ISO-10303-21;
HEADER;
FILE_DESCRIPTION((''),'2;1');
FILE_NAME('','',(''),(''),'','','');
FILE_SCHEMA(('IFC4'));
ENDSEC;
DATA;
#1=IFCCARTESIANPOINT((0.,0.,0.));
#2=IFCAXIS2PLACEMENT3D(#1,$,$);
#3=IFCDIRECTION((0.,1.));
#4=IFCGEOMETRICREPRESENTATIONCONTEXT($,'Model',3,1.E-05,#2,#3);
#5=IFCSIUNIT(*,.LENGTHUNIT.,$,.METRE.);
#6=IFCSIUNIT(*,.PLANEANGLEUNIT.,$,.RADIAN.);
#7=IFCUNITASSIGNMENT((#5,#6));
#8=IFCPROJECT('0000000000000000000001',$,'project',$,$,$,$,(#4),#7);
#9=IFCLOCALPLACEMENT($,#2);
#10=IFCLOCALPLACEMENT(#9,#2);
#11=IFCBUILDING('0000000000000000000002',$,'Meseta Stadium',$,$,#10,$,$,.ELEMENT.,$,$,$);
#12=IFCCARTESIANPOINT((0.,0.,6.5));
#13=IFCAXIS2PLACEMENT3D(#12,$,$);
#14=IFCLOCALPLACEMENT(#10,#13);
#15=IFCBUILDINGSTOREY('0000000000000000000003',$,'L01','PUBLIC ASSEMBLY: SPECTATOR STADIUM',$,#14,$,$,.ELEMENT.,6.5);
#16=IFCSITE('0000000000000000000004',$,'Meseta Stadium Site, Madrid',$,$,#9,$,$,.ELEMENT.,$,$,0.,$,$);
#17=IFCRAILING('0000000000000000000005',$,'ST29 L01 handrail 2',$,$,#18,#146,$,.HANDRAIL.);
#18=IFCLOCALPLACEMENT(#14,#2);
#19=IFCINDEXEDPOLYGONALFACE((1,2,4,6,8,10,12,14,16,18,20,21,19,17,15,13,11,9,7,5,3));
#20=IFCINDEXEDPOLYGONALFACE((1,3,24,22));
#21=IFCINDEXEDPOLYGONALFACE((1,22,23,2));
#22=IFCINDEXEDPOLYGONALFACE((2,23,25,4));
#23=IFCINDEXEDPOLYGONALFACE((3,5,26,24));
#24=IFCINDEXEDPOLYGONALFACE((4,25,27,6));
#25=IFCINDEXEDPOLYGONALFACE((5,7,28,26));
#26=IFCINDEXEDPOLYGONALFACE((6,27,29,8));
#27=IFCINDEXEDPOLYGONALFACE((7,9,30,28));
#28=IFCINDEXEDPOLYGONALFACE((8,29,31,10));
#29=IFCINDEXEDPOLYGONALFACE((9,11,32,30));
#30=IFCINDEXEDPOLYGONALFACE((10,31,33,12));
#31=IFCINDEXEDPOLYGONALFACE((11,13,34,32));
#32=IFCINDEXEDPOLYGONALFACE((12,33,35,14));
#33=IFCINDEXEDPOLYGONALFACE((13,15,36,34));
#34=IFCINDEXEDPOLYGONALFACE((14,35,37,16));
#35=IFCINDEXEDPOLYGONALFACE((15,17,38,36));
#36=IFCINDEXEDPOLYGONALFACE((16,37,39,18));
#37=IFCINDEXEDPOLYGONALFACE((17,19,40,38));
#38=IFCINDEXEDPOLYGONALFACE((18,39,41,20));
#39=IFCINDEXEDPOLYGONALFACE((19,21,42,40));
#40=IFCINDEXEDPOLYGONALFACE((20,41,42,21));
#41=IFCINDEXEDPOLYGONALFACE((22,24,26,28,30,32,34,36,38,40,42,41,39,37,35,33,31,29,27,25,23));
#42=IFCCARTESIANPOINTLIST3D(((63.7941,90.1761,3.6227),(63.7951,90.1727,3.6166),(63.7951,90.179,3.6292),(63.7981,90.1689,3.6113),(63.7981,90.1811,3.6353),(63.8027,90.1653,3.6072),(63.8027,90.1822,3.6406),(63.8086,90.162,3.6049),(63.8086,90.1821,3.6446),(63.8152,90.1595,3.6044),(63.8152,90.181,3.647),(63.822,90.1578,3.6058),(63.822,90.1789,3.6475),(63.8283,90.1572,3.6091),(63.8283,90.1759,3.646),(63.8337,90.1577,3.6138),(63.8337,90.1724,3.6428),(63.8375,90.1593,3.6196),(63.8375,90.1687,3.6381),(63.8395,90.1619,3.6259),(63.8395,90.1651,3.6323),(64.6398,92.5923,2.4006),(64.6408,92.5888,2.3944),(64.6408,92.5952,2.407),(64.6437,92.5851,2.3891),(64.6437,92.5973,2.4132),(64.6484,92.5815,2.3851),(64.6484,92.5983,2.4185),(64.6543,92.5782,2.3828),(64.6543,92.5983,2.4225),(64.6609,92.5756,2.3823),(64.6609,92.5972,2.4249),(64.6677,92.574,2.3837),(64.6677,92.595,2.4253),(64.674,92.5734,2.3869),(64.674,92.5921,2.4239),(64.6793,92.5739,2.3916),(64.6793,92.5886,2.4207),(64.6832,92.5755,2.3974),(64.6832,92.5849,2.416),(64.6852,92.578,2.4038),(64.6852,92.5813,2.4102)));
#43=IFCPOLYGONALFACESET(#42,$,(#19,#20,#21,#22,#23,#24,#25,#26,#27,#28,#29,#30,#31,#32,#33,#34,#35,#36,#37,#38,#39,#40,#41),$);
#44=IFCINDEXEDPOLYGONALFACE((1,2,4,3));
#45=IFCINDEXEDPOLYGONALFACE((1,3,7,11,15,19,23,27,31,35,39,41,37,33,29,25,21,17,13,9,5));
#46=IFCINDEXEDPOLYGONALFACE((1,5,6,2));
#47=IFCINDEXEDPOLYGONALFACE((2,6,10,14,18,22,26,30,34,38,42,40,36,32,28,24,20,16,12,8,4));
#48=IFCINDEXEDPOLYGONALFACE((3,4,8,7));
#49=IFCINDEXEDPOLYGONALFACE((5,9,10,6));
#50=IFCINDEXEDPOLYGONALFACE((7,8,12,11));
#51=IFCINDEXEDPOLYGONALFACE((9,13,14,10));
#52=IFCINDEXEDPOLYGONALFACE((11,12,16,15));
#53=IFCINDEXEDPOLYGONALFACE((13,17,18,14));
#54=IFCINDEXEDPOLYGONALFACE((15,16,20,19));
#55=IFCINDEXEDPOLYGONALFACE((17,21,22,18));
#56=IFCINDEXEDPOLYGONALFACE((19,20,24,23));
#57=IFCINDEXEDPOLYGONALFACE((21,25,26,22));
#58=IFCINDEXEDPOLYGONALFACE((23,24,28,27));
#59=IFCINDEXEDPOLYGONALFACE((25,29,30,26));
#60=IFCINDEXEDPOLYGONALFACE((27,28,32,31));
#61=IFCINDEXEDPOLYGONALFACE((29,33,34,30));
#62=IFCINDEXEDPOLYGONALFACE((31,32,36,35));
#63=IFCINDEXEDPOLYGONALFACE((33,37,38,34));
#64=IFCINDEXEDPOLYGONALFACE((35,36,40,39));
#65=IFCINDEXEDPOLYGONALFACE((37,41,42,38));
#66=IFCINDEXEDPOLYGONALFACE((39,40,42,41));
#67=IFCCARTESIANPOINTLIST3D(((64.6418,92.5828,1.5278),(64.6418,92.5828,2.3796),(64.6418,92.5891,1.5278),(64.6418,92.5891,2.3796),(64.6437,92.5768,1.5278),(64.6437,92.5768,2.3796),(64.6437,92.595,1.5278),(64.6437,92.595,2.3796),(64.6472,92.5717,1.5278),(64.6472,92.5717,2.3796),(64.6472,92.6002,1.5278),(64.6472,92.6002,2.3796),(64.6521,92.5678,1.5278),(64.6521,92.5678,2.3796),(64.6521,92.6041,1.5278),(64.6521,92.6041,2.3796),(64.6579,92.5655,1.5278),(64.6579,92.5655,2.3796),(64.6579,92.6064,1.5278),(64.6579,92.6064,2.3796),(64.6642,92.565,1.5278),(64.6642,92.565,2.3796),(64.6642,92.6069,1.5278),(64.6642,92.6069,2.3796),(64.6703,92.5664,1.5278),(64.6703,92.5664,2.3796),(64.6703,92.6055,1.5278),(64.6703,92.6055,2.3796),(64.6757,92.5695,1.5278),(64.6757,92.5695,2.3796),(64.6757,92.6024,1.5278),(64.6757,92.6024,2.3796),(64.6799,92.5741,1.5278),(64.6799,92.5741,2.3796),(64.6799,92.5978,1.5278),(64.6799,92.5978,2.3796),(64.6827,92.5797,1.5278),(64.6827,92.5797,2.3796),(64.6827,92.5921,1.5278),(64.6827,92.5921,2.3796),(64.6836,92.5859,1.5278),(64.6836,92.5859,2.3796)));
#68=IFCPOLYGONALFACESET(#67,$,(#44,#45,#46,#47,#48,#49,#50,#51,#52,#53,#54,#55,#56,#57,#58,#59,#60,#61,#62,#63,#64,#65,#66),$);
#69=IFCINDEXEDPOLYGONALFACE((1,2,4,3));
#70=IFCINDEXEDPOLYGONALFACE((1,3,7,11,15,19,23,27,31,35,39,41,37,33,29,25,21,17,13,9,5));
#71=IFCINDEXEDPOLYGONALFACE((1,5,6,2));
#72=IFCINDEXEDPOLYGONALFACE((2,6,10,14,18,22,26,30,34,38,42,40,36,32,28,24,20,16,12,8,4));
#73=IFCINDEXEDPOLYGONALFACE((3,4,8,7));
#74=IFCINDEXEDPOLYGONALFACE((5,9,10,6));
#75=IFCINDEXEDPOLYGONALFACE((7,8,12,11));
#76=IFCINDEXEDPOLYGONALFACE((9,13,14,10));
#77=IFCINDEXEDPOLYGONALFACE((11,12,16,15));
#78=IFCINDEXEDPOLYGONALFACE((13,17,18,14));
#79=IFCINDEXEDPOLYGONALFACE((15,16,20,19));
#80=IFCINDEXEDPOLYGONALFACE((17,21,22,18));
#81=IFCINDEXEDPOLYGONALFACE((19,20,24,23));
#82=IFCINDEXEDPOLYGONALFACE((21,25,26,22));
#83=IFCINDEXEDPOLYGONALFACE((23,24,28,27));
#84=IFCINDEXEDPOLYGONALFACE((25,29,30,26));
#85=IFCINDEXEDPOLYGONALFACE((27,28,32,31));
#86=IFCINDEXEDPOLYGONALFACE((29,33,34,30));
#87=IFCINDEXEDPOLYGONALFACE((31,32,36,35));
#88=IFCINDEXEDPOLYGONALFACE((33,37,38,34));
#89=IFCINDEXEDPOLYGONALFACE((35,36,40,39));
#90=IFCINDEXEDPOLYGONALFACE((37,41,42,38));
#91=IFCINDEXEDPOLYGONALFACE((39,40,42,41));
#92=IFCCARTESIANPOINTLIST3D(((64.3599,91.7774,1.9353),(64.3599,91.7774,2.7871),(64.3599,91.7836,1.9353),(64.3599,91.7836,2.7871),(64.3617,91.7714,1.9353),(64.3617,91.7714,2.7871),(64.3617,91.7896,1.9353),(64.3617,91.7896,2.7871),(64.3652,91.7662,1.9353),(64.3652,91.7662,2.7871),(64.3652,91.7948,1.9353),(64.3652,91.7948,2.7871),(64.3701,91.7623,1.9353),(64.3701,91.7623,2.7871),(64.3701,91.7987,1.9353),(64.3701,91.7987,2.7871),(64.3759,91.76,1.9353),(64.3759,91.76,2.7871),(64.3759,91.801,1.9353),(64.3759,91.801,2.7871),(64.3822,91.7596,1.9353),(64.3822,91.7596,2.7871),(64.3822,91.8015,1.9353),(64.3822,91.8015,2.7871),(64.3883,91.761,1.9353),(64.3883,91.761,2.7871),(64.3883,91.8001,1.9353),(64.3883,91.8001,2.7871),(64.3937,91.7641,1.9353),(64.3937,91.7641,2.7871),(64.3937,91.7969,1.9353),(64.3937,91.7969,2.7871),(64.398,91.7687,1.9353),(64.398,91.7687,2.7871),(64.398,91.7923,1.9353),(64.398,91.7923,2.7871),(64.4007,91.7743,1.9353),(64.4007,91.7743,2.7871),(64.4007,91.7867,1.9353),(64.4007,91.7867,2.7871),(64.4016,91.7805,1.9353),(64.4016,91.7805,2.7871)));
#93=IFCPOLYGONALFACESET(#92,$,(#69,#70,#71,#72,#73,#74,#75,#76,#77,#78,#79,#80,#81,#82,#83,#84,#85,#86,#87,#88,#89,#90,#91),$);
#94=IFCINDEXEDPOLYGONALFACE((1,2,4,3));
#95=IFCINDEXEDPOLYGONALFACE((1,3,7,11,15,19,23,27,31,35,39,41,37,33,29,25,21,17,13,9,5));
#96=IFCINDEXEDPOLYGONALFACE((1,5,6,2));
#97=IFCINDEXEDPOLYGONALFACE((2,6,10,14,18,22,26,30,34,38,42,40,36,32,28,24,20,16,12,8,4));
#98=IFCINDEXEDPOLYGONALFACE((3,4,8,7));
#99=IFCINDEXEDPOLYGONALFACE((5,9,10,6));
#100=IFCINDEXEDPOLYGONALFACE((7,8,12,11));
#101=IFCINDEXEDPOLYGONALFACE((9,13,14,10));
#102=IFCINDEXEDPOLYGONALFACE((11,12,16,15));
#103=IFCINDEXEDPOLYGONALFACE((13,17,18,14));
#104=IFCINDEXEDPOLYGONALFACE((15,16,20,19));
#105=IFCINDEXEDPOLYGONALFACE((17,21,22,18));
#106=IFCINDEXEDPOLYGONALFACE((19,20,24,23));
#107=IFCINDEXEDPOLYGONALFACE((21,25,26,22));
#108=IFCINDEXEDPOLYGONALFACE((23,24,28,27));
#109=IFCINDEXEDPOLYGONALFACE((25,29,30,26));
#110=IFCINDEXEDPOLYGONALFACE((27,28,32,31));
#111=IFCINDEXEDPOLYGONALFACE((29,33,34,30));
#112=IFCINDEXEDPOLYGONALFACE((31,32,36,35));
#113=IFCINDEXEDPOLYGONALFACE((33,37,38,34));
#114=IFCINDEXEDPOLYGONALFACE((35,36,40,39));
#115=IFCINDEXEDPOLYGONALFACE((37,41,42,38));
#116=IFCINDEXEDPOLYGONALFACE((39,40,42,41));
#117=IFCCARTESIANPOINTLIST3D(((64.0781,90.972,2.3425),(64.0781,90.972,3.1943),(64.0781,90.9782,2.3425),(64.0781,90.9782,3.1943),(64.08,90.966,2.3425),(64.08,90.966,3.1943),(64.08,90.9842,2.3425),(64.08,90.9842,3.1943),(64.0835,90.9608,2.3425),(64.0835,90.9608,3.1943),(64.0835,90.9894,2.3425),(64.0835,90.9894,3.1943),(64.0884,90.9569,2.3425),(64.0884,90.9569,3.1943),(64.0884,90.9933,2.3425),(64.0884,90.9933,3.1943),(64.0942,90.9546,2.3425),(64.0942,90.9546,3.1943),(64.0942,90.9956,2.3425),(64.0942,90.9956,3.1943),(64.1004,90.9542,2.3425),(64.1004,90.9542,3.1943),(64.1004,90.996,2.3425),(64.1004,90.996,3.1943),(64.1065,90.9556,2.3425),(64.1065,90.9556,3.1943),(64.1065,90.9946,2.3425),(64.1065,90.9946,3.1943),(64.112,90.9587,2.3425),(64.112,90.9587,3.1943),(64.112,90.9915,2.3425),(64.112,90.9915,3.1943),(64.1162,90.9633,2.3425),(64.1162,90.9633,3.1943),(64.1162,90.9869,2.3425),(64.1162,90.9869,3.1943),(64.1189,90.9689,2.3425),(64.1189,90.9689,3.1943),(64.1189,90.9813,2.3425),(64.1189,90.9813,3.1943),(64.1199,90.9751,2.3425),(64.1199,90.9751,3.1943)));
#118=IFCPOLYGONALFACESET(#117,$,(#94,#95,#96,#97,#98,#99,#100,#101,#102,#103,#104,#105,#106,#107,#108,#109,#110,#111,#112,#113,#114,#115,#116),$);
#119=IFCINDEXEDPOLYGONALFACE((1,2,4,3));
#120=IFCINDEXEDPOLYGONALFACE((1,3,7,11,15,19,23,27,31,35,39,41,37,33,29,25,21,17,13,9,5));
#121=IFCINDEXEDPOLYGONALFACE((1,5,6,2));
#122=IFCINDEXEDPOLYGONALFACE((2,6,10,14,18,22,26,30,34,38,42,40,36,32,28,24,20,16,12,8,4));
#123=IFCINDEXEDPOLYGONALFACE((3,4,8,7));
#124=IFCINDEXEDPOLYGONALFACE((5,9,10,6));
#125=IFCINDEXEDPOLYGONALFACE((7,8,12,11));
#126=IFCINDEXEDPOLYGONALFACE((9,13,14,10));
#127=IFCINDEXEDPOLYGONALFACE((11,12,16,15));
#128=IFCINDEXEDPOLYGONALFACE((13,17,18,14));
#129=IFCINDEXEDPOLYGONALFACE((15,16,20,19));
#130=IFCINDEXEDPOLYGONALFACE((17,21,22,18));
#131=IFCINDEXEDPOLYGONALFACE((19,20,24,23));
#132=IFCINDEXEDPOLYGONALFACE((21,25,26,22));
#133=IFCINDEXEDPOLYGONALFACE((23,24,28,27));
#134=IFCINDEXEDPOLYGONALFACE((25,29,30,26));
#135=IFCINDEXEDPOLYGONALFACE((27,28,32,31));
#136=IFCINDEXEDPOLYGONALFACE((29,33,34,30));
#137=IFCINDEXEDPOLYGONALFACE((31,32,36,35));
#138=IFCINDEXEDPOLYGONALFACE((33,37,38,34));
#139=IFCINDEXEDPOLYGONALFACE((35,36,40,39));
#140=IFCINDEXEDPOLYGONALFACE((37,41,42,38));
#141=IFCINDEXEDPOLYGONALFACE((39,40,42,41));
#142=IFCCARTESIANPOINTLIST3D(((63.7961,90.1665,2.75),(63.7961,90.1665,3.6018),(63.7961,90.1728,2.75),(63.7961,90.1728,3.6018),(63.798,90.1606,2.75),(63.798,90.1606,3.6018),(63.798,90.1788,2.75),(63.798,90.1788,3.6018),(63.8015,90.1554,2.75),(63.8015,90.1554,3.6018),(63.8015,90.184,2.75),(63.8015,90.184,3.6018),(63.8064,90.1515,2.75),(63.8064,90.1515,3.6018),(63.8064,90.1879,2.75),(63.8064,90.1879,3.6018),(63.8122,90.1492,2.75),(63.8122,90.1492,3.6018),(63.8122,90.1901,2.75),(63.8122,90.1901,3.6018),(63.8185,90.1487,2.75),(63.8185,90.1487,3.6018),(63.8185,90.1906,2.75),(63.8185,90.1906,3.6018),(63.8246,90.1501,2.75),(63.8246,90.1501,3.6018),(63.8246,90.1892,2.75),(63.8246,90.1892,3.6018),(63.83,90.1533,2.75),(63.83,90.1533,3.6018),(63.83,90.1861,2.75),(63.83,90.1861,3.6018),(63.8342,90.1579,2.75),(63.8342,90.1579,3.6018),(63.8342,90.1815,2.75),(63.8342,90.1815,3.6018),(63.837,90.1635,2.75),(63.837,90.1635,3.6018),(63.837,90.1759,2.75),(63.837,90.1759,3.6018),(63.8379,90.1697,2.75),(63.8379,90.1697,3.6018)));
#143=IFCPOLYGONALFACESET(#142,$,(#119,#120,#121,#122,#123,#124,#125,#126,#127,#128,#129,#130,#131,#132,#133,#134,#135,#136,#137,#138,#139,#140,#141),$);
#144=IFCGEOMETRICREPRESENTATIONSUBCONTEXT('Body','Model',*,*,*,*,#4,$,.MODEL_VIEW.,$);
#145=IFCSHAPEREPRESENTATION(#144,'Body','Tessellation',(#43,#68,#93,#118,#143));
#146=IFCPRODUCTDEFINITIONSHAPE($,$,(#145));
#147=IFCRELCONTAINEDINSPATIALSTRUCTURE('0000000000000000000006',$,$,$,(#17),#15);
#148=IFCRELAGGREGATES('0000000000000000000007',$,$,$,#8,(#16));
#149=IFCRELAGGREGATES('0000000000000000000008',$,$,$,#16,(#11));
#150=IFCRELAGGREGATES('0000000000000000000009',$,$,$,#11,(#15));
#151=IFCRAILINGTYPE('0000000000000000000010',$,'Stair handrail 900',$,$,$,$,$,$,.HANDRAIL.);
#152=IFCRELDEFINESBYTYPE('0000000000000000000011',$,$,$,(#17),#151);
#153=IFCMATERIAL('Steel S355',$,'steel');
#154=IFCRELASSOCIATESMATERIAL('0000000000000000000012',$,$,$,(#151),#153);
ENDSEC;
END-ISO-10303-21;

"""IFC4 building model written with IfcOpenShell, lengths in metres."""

from ifc_helpers import new_model, si_unit, direction, frame, origin, origin_2d, place, context, subcontext, project, spatial, circle, extrude, material, type_object, element, save


model = new_model("IFC4")

# Units and contexts
model_context = context("Model", 3, precision=1e-05, world=origin(), true_north=direction((0.0, 1.0)))
body_context = subcontext(model_context, "Body", "Model", "MODEL_VIEW")
ifc_project = project(units=[si_unit("LENGTHUNIT", "METRE"), si_unit("PLANEANGLEUNIT", "RADIAN")], contexts=[model_context])

# Site, building, storey
site_placement = place(None, origin())
site = spatial("IfcSite", under=ifc_project, at=site_placement, Name="Meseta Stadium Site, Madrid", CompositionType="ELEMENT", RefElevation=0.0)
building_placement = place(site_placement, origin())
building = spatial("IfcBuilding", under=site, at=building_placement, Name="Meseta Stadium", CompositionType="ELEMENT")
storey_placement = place(building_placement, frame((0.0, 0.0, 6.5)))
storey = spatial("IfcBuildingStorey", under=building, at=storey_placement, Name="L01", Description="PUBLIC ASSEMBLY: SPECTATOR STADIUM", CompositionType="ELEMENT", Elevation=6.5)

# Railing
ifc_material_1 = material(Name="Steel S355", Category="steel")
railing_type_1 = type_object("IfcRailingType", Name="Stair handrail 900", PredefinedType="HANDRAIL", material=ifc_material_1)
for number, where, name in (
    (1, (64.6626, 92.5859, 1.5278), "ST29 L01 handrail 2"),
):
    element("IfcRailing", number, at=place(storey_placement, frame(where)), inside=storey, type_object=railing_type_1, Name=name, PredefinedType="HANDRAIL", context=body_context, shape_type="SweptSolid", body=[
        extrude(circle(Radius=0.0239, at=origin_2d()), frame((0.0, 0.0, 0.876), z_axis=(-0.298123, -0.851767, 0.430832), x_axis=(0.943857, -0.330355, 0.0)), (0.0, 0.0, 1.0), 2.8367),
        extrude(circle(Radius=0.021, at=origin_2d()), origin(), (0.0, 0.0, 1.0), 0.8518),
        extrude(circle(Radius=0.021, at=origin_2d()), frame((-0.282, -0.8054, 0.4075)), (0.0, 0.0, 1.0), 0.8518),
        extrude(circle(Radius=0.021, at=origin_2d()), frame((-0.5637, -1.6108, 0.8147)), (0.0, 0.0, 1.0), 0.8518),
        extrude(circle(Radius=0.021, at=origin_2d()), frame((-0.8457, -2.4163, 1.2222)), (0.0, 0.0, 1.0), 0.8518),
    ])

save(model, "model.ifc")
